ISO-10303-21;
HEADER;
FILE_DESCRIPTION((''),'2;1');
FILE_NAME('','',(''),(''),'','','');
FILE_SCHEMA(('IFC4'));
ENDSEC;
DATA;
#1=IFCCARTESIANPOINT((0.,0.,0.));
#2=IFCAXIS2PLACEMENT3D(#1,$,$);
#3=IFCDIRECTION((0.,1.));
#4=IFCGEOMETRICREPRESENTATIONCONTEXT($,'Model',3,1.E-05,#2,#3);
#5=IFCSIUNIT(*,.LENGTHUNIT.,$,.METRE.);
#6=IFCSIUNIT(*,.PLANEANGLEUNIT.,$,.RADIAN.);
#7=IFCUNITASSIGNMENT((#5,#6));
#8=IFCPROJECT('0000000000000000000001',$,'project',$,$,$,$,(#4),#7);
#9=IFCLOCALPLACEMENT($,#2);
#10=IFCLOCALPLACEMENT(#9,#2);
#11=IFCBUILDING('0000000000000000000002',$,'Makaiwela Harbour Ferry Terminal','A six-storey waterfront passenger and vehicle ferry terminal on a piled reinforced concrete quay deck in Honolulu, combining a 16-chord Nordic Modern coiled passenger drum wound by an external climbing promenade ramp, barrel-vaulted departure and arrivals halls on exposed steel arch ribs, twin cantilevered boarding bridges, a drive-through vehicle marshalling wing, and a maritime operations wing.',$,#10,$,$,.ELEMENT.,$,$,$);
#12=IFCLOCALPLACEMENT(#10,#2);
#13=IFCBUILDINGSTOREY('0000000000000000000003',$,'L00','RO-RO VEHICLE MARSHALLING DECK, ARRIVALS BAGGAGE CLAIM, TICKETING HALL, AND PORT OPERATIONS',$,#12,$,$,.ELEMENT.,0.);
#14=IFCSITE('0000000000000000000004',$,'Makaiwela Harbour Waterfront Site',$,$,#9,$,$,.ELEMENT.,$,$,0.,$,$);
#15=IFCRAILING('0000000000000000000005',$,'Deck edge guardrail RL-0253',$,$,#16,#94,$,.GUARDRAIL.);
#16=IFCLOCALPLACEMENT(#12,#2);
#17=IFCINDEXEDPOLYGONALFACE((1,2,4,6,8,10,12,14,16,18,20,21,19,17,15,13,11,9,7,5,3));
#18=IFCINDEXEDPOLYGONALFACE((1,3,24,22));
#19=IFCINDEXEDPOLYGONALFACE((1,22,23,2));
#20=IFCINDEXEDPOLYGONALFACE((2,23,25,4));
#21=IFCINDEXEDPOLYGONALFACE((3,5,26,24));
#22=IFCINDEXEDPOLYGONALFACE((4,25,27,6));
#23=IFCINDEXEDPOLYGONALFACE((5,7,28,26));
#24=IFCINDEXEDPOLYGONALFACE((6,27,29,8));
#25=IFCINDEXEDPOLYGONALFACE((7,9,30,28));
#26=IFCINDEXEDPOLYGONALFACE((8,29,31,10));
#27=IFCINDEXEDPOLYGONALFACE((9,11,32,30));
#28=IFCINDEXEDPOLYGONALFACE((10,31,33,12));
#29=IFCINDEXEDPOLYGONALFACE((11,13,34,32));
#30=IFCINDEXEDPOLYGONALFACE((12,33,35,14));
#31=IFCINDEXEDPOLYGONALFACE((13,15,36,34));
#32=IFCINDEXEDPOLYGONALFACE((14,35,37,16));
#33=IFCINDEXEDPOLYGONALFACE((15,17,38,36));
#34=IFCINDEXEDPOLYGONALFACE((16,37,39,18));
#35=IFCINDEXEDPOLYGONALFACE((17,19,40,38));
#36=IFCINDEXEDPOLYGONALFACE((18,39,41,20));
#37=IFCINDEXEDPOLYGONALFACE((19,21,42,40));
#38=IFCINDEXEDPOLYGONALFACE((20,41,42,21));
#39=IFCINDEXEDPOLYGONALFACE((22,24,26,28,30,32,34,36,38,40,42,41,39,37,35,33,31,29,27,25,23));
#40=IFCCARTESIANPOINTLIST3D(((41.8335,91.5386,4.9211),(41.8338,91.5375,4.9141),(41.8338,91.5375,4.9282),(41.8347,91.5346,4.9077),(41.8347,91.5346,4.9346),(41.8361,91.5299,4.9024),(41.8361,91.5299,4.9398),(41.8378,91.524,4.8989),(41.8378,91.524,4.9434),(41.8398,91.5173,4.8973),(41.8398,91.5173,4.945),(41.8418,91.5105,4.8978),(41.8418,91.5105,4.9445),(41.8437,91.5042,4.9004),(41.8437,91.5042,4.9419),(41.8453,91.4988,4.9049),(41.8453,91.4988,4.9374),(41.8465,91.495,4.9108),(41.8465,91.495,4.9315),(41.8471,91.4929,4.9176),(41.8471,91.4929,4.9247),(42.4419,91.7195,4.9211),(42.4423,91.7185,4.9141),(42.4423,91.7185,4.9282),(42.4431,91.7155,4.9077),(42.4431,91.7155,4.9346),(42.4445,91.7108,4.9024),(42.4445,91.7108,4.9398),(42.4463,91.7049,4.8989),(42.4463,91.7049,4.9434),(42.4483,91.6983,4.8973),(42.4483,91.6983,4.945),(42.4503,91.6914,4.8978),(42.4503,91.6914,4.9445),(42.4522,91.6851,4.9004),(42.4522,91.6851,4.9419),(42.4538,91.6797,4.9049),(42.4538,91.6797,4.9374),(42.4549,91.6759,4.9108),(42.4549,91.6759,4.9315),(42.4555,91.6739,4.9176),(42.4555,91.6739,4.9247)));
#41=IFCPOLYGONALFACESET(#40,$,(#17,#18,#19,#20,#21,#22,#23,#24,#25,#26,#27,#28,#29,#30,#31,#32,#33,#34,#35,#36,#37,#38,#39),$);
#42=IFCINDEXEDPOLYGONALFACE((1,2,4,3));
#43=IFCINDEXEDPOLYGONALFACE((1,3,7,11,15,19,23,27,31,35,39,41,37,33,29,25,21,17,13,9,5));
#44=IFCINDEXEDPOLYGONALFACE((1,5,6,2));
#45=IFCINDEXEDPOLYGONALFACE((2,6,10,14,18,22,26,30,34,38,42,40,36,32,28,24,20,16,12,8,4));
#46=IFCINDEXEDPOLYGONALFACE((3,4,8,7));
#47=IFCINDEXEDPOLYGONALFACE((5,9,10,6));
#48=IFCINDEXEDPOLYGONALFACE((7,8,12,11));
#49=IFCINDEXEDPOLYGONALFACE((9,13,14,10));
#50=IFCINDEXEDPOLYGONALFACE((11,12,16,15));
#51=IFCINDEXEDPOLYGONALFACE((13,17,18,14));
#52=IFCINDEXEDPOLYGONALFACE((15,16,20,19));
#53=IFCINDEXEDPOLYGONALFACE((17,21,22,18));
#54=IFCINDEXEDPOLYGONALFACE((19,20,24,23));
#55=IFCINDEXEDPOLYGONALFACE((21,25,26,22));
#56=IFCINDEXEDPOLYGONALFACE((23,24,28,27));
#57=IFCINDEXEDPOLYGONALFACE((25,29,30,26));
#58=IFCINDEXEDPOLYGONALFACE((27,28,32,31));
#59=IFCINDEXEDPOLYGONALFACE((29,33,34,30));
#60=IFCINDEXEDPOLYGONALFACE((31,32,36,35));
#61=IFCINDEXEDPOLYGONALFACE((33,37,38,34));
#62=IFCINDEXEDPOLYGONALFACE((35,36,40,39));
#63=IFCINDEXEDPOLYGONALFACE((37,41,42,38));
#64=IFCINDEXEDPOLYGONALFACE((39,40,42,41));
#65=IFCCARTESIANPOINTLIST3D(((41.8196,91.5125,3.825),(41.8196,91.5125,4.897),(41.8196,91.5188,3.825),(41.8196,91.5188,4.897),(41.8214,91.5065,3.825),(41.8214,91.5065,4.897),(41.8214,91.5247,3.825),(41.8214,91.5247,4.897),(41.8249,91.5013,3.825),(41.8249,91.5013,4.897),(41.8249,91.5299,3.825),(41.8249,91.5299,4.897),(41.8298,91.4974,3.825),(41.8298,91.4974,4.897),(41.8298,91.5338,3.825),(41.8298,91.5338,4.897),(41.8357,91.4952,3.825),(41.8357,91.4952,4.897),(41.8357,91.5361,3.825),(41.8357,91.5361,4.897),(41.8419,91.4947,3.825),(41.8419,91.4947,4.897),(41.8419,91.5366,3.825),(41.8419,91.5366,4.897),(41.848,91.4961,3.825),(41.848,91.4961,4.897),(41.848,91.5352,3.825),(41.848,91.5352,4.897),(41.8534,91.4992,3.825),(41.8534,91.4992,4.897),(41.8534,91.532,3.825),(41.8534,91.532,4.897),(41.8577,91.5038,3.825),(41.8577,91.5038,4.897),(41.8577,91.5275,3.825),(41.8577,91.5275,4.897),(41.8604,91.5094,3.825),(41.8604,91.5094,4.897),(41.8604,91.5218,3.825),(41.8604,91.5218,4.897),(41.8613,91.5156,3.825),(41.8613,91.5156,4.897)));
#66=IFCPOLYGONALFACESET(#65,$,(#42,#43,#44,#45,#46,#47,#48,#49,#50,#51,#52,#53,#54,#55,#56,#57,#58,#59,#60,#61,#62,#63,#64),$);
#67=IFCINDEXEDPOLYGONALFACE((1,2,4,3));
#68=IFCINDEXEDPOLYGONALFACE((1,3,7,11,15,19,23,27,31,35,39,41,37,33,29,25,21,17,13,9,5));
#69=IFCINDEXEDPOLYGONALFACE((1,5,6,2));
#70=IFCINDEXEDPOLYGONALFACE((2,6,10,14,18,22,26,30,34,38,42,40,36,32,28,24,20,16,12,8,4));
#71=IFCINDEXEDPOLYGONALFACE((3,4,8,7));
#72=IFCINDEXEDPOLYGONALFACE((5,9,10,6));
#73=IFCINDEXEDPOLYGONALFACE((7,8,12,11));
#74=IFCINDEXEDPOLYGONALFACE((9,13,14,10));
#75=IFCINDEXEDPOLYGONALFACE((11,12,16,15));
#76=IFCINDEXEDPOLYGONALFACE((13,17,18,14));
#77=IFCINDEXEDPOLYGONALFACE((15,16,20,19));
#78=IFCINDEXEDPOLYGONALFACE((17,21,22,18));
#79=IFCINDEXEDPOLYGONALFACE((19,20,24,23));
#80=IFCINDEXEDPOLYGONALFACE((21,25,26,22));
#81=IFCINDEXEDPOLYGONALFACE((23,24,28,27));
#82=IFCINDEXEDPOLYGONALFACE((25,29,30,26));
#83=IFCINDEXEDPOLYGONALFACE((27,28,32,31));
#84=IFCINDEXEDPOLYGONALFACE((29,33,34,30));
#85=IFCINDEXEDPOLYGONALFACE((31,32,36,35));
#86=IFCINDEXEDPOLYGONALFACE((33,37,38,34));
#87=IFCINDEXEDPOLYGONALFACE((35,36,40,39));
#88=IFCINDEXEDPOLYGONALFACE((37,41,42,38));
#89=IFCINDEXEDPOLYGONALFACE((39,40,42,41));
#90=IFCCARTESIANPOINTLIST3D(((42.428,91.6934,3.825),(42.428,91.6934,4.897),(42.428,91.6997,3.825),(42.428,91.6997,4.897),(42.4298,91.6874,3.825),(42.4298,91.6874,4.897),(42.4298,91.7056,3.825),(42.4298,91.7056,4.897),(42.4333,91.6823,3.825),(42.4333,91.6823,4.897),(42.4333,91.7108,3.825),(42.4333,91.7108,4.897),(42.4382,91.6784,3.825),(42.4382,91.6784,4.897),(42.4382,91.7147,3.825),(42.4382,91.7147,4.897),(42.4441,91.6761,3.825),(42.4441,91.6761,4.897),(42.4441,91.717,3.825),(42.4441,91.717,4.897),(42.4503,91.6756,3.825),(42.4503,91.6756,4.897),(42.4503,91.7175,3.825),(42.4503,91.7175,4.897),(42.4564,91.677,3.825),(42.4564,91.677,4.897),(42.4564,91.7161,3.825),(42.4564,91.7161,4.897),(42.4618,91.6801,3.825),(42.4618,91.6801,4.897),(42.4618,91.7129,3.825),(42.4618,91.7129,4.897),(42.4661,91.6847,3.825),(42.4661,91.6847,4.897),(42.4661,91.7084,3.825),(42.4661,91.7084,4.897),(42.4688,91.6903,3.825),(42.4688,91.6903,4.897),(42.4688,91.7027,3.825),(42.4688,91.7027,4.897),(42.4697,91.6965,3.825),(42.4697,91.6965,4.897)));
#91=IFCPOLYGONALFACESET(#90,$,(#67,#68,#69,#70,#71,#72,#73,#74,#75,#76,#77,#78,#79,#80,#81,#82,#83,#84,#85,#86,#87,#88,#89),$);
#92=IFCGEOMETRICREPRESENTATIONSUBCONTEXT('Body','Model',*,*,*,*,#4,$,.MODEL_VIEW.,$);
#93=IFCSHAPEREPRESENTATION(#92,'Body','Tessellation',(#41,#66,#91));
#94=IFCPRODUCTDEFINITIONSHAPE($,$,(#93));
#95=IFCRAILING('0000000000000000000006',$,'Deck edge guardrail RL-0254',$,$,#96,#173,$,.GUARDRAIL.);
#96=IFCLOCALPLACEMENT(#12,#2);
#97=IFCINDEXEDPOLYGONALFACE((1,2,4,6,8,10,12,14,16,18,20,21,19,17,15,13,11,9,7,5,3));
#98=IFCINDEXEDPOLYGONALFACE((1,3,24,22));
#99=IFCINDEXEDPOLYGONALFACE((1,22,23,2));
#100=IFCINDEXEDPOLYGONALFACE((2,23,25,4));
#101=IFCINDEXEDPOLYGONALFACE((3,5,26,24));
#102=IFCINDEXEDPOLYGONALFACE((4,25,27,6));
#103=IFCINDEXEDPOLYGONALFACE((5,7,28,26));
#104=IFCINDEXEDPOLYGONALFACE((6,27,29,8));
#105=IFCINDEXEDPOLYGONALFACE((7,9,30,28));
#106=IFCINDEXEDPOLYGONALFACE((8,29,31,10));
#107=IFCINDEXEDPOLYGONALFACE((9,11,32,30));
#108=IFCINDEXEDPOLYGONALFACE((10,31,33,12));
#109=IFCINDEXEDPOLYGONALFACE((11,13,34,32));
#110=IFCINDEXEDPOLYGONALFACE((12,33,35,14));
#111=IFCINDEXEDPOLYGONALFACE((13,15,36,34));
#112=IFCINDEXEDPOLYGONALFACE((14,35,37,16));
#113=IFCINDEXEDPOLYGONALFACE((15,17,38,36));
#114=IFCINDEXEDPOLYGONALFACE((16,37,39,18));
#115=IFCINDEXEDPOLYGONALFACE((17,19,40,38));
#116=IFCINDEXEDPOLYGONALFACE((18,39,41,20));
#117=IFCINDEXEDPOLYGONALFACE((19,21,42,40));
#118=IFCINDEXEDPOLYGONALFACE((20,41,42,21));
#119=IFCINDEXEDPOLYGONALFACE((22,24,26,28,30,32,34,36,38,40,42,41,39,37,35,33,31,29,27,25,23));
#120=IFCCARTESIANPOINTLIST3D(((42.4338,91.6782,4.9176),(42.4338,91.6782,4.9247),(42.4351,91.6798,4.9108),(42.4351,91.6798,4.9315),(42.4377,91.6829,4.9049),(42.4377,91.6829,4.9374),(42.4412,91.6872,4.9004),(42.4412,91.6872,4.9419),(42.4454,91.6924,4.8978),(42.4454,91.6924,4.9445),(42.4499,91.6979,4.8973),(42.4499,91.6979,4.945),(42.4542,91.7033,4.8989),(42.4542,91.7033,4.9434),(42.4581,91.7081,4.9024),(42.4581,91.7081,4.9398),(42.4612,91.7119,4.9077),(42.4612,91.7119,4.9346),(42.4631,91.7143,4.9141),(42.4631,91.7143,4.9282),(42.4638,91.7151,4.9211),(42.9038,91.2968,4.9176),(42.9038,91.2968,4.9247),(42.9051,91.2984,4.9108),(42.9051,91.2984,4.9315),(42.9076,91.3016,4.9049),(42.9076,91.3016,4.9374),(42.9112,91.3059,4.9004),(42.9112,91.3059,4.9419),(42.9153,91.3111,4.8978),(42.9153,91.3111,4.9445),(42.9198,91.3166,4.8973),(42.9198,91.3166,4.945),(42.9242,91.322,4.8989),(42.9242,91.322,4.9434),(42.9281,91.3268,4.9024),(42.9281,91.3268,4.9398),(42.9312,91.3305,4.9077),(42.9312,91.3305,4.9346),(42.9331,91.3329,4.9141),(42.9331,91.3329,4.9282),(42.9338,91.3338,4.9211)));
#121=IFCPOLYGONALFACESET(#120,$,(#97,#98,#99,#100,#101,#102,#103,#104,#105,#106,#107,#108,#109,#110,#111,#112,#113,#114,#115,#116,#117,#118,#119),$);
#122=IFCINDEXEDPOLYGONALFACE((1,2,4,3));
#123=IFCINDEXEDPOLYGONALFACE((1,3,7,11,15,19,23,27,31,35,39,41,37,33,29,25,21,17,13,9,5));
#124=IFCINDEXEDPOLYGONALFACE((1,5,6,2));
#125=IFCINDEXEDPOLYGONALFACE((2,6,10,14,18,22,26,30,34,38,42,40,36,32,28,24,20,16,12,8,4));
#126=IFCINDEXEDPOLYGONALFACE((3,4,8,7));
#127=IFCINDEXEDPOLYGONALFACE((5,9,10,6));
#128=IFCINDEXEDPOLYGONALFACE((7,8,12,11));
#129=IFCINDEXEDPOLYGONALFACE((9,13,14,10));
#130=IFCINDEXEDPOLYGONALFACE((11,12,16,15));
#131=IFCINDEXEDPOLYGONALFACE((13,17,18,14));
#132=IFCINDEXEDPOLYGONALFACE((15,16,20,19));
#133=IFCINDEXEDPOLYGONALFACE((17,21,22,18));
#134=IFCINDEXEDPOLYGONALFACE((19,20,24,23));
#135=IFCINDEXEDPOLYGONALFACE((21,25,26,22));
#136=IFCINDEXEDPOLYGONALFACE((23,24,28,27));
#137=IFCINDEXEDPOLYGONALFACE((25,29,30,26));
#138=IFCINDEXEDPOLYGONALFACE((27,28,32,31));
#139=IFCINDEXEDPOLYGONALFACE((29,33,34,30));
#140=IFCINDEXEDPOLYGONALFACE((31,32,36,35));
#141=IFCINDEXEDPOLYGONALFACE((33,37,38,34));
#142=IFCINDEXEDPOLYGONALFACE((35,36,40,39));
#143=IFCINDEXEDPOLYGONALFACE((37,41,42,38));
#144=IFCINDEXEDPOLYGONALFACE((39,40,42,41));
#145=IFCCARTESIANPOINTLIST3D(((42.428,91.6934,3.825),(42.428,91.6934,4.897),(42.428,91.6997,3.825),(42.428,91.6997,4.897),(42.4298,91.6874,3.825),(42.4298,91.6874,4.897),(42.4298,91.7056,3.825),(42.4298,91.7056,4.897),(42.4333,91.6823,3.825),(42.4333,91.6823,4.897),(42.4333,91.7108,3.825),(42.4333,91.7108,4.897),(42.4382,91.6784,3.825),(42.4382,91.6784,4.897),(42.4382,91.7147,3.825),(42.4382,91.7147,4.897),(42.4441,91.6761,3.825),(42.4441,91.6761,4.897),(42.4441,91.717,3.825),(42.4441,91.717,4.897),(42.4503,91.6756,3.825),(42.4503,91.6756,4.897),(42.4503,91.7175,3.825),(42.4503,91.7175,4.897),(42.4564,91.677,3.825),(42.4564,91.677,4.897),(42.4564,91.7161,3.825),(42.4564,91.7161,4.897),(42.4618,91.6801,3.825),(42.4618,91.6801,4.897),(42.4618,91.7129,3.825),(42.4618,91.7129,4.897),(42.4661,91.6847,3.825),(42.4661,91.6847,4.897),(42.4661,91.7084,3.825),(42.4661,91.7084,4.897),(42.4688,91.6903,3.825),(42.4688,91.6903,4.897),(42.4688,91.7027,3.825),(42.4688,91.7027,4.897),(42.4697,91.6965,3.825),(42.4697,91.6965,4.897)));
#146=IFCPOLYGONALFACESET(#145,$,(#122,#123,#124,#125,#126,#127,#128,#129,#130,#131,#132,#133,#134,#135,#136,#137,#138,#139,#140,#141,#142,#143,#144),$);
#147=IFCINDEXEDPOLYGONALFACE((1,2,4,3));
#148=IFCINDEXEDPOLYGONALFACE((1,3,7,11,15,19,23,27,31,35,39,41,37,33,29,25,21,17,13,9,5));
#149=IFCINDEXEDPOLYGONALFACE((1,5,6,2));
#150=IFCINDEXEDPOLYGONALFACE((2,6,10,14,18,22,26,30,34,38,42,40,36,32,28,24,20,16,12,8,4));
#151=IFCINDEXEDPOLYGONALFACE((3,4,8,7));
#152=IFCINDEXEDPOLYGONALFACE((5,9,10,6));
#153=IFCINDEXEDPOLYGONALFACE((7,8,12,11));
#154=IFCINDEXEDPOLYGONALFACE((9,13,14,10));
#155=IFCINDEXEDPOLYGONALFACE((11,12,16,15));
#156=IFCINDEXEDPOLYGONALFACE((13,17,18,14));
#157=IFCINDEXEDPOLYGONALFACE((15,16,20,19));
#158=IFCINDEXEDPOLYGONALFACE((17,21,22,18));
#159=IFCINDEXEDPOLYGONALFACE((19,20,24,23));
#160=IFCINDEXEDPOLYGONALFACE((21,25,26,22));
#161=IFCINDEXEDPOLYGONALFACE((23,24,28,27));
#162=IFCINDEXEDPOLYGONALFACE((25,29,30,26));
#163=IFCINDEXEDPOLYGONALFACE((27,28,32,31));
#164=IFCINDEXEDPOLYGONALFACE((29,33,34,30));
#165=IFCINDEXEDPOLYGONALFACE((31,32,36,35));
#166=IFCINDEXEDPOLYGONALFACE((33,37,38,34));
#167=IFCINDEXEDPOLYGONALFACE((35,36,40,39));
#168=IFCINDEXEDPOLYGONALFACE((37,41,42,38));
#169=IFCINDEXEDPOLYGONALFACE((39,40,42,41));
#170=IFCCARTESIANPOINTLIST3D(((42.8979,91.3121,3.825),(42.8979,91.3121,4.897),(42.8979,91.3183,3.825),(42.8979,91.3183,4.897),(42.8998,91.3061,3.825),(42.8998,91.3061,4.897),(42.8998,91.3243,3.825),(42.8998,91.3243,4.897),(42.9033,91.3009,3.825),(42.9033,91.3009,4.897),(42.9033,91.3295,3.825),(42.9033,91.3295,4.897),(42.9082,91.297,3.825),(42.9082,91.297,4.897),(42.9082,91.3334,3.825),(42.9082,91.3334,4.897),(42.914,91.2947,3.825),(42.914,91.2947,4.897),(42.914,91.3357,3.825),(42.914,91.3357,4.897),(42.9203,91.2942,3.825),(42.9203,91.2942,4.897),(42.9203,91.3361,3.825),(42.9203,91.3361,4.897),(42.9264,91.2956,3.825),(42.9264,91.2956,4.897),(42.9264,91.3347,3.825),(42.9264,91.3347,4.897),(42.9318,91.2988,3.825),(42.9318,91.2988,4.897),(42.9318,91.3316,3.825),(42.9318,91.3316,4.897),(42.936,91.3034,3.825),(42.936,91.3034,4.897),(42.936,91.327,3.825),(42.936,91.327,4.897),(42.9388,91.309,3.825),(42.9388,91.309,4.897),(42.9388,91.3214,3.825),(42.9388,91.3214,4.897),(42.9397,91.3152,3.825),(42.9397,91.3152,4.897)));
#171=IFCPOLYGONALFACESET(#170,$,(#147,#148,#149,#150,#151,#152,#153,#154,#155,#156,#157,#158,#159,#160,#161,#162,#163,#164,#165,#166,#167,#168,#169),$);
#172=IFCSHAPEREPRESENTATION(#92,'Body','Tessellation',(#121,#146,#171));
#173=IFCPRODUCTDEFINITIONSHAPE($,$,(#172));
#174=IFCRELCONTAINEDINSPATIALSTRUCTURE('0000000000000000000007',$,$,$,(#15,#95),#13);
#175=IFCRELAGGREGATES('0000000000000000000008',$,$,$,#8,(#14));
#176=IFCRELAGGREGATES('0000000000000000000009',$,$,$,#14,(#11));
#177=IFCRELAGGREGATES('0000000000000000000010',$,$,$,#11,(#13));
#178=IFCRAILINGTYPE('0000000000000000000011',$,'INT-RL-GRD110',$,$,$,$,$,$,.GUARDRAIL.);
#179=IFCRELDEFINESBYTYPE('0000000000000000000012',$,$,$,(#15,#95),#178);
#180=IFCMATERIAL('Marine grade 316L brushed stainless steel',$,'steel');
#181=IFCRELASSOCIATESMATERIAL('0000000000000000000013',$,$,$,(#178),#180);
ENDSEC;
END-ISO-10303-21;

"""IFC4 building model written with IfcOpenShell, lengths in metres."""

from ifc_helpers import new_model, si_unit, direction, frame, origin, origin_2d, place, context, subcontext, project, spatial, circle, extrude, material, type_object, element, save


model = new_model("IFC4")

# Units and contexts
model_context = context("Model", 3, precision=1e-05, world=origin(), true_north=direction((0.0, 1.0)))
body_context = subcontext(model_context, "Body", "Model", "MODEL_VIEW")
ifc_project = project(units=[si_unit("LENGTHUNIT", "METRE"), si_unit("PLANEANGLEUNIT", "RADIAN")], contexts=[model_context])

# Site, building, storey
site_placement = place(None, origin())
site = spatial("IfcSite", under=ifc_project, at=site_placement, Name="Makaiwela Harbour Waterfront Site", CompositionType="ELEMENT", RefElevation=0.0)
building_placement = place(site_placement, origin())
building = spatial("IfcBuilding", under=site, at=building_placement, Name="Makaiwela Harbour Ferry Terminal", Description="A six-storey waterfront passenger and vehicle ferry terminal on a piled reinforced concrete quay deck in Honolulu, combining a 16-chord Nordic Modern coiled passenger drum wound by an external climbing promenade ramp, barrel-vaulted departure and arrivals halls on exposed steel arch ribs, twin cantilevered boarding bridges, a drive-through vehicle marshalling wing, and a maritime operations wing.", CompositionType="ELEMENT")
storey_placement = place(building_placement, origin())
storey = spatial("IfcBuildingStorey", under=building, at=storey_placement, Name="L00", Description="RO-RO VEHICLE MARSHALLING DECK, ARRIVALS BAGGAGE CLAIM, TICKETING HALL, AND PORT OPERATIONS", CompositionType="ELEMENT", Elevation=0.0)

# Railings
ifc_material_1 = material(Name="Marine grade 316L brushed stainless steel", Category="steel")
railing_type_1 = type_object("IfcRailingType", Name="INT-RL-GRD110", PredefinedType="GUARDRAIL", material=ifc_material_1)
railing_1_placement = place(storey_placement, frame((41.8403, 91.5156, 3.825)))
element("IfcRailing", 1, at=railing_1_placement, inside=storey, type_object=railing_type_1, Name="Deck edge guardrail RL-0253", PredefinedType="GUARDRAIL", context=body_context, shape_type="SweptSolid", body=[
    extrude(circle(Radius=0.0239, at=origin_2d()), frame((0.0, 0.0, 1.0962), z_axis=(0.958522, 0.285018, 0.0), x_axis=(-0.285018, 0.958522, 0.0)), (0.0, 0.0, 1.0), 0.6348),
    extrude(circle(Radius=0.021, at=origin_2d()), origin(), (0.0, 0.0, 1.0), 1.072),
    extrude(circle(Radius=0.021, at=origin_2d()), frame((0.6084, 0.1809, 0.0)), (0.0, 0.0, 1.0), 1.072),
])
railing_2_placement = place(storey_placement, frame((42.4487, 91.6965, 3.825)))
element("IfcRailing", 2, at=railing_2_placement, inside=storey, type_object=railing_type_1, Name="Deck edge guardrail RL-0254", PredefinedType="GUARDRAIL", context=body_context, shape_type="SweptSolid", body=[
    extrude(circle(Radius=0.0239, at=origin_2d()), frame((0.0, 0.0, 1.0962), z_axis=(0.776521, -0.630091, 0.0), x_axis=(0.630091, 0.776521, 0.0)), (0.0, 0.0, 1.0), 0.6052),
    extrude(circle(Radius=0.021, at=origin_2d()), origin(), (0.0, 0.0, 1.0), 1.072),
    extrude(circle(Radius=0.021, at=origin_2d()), frame((0.47, -0.3813, 0.0)), (0.0, 0.0, 1.0), 1.072),
])

save(model, "model.ifc")
